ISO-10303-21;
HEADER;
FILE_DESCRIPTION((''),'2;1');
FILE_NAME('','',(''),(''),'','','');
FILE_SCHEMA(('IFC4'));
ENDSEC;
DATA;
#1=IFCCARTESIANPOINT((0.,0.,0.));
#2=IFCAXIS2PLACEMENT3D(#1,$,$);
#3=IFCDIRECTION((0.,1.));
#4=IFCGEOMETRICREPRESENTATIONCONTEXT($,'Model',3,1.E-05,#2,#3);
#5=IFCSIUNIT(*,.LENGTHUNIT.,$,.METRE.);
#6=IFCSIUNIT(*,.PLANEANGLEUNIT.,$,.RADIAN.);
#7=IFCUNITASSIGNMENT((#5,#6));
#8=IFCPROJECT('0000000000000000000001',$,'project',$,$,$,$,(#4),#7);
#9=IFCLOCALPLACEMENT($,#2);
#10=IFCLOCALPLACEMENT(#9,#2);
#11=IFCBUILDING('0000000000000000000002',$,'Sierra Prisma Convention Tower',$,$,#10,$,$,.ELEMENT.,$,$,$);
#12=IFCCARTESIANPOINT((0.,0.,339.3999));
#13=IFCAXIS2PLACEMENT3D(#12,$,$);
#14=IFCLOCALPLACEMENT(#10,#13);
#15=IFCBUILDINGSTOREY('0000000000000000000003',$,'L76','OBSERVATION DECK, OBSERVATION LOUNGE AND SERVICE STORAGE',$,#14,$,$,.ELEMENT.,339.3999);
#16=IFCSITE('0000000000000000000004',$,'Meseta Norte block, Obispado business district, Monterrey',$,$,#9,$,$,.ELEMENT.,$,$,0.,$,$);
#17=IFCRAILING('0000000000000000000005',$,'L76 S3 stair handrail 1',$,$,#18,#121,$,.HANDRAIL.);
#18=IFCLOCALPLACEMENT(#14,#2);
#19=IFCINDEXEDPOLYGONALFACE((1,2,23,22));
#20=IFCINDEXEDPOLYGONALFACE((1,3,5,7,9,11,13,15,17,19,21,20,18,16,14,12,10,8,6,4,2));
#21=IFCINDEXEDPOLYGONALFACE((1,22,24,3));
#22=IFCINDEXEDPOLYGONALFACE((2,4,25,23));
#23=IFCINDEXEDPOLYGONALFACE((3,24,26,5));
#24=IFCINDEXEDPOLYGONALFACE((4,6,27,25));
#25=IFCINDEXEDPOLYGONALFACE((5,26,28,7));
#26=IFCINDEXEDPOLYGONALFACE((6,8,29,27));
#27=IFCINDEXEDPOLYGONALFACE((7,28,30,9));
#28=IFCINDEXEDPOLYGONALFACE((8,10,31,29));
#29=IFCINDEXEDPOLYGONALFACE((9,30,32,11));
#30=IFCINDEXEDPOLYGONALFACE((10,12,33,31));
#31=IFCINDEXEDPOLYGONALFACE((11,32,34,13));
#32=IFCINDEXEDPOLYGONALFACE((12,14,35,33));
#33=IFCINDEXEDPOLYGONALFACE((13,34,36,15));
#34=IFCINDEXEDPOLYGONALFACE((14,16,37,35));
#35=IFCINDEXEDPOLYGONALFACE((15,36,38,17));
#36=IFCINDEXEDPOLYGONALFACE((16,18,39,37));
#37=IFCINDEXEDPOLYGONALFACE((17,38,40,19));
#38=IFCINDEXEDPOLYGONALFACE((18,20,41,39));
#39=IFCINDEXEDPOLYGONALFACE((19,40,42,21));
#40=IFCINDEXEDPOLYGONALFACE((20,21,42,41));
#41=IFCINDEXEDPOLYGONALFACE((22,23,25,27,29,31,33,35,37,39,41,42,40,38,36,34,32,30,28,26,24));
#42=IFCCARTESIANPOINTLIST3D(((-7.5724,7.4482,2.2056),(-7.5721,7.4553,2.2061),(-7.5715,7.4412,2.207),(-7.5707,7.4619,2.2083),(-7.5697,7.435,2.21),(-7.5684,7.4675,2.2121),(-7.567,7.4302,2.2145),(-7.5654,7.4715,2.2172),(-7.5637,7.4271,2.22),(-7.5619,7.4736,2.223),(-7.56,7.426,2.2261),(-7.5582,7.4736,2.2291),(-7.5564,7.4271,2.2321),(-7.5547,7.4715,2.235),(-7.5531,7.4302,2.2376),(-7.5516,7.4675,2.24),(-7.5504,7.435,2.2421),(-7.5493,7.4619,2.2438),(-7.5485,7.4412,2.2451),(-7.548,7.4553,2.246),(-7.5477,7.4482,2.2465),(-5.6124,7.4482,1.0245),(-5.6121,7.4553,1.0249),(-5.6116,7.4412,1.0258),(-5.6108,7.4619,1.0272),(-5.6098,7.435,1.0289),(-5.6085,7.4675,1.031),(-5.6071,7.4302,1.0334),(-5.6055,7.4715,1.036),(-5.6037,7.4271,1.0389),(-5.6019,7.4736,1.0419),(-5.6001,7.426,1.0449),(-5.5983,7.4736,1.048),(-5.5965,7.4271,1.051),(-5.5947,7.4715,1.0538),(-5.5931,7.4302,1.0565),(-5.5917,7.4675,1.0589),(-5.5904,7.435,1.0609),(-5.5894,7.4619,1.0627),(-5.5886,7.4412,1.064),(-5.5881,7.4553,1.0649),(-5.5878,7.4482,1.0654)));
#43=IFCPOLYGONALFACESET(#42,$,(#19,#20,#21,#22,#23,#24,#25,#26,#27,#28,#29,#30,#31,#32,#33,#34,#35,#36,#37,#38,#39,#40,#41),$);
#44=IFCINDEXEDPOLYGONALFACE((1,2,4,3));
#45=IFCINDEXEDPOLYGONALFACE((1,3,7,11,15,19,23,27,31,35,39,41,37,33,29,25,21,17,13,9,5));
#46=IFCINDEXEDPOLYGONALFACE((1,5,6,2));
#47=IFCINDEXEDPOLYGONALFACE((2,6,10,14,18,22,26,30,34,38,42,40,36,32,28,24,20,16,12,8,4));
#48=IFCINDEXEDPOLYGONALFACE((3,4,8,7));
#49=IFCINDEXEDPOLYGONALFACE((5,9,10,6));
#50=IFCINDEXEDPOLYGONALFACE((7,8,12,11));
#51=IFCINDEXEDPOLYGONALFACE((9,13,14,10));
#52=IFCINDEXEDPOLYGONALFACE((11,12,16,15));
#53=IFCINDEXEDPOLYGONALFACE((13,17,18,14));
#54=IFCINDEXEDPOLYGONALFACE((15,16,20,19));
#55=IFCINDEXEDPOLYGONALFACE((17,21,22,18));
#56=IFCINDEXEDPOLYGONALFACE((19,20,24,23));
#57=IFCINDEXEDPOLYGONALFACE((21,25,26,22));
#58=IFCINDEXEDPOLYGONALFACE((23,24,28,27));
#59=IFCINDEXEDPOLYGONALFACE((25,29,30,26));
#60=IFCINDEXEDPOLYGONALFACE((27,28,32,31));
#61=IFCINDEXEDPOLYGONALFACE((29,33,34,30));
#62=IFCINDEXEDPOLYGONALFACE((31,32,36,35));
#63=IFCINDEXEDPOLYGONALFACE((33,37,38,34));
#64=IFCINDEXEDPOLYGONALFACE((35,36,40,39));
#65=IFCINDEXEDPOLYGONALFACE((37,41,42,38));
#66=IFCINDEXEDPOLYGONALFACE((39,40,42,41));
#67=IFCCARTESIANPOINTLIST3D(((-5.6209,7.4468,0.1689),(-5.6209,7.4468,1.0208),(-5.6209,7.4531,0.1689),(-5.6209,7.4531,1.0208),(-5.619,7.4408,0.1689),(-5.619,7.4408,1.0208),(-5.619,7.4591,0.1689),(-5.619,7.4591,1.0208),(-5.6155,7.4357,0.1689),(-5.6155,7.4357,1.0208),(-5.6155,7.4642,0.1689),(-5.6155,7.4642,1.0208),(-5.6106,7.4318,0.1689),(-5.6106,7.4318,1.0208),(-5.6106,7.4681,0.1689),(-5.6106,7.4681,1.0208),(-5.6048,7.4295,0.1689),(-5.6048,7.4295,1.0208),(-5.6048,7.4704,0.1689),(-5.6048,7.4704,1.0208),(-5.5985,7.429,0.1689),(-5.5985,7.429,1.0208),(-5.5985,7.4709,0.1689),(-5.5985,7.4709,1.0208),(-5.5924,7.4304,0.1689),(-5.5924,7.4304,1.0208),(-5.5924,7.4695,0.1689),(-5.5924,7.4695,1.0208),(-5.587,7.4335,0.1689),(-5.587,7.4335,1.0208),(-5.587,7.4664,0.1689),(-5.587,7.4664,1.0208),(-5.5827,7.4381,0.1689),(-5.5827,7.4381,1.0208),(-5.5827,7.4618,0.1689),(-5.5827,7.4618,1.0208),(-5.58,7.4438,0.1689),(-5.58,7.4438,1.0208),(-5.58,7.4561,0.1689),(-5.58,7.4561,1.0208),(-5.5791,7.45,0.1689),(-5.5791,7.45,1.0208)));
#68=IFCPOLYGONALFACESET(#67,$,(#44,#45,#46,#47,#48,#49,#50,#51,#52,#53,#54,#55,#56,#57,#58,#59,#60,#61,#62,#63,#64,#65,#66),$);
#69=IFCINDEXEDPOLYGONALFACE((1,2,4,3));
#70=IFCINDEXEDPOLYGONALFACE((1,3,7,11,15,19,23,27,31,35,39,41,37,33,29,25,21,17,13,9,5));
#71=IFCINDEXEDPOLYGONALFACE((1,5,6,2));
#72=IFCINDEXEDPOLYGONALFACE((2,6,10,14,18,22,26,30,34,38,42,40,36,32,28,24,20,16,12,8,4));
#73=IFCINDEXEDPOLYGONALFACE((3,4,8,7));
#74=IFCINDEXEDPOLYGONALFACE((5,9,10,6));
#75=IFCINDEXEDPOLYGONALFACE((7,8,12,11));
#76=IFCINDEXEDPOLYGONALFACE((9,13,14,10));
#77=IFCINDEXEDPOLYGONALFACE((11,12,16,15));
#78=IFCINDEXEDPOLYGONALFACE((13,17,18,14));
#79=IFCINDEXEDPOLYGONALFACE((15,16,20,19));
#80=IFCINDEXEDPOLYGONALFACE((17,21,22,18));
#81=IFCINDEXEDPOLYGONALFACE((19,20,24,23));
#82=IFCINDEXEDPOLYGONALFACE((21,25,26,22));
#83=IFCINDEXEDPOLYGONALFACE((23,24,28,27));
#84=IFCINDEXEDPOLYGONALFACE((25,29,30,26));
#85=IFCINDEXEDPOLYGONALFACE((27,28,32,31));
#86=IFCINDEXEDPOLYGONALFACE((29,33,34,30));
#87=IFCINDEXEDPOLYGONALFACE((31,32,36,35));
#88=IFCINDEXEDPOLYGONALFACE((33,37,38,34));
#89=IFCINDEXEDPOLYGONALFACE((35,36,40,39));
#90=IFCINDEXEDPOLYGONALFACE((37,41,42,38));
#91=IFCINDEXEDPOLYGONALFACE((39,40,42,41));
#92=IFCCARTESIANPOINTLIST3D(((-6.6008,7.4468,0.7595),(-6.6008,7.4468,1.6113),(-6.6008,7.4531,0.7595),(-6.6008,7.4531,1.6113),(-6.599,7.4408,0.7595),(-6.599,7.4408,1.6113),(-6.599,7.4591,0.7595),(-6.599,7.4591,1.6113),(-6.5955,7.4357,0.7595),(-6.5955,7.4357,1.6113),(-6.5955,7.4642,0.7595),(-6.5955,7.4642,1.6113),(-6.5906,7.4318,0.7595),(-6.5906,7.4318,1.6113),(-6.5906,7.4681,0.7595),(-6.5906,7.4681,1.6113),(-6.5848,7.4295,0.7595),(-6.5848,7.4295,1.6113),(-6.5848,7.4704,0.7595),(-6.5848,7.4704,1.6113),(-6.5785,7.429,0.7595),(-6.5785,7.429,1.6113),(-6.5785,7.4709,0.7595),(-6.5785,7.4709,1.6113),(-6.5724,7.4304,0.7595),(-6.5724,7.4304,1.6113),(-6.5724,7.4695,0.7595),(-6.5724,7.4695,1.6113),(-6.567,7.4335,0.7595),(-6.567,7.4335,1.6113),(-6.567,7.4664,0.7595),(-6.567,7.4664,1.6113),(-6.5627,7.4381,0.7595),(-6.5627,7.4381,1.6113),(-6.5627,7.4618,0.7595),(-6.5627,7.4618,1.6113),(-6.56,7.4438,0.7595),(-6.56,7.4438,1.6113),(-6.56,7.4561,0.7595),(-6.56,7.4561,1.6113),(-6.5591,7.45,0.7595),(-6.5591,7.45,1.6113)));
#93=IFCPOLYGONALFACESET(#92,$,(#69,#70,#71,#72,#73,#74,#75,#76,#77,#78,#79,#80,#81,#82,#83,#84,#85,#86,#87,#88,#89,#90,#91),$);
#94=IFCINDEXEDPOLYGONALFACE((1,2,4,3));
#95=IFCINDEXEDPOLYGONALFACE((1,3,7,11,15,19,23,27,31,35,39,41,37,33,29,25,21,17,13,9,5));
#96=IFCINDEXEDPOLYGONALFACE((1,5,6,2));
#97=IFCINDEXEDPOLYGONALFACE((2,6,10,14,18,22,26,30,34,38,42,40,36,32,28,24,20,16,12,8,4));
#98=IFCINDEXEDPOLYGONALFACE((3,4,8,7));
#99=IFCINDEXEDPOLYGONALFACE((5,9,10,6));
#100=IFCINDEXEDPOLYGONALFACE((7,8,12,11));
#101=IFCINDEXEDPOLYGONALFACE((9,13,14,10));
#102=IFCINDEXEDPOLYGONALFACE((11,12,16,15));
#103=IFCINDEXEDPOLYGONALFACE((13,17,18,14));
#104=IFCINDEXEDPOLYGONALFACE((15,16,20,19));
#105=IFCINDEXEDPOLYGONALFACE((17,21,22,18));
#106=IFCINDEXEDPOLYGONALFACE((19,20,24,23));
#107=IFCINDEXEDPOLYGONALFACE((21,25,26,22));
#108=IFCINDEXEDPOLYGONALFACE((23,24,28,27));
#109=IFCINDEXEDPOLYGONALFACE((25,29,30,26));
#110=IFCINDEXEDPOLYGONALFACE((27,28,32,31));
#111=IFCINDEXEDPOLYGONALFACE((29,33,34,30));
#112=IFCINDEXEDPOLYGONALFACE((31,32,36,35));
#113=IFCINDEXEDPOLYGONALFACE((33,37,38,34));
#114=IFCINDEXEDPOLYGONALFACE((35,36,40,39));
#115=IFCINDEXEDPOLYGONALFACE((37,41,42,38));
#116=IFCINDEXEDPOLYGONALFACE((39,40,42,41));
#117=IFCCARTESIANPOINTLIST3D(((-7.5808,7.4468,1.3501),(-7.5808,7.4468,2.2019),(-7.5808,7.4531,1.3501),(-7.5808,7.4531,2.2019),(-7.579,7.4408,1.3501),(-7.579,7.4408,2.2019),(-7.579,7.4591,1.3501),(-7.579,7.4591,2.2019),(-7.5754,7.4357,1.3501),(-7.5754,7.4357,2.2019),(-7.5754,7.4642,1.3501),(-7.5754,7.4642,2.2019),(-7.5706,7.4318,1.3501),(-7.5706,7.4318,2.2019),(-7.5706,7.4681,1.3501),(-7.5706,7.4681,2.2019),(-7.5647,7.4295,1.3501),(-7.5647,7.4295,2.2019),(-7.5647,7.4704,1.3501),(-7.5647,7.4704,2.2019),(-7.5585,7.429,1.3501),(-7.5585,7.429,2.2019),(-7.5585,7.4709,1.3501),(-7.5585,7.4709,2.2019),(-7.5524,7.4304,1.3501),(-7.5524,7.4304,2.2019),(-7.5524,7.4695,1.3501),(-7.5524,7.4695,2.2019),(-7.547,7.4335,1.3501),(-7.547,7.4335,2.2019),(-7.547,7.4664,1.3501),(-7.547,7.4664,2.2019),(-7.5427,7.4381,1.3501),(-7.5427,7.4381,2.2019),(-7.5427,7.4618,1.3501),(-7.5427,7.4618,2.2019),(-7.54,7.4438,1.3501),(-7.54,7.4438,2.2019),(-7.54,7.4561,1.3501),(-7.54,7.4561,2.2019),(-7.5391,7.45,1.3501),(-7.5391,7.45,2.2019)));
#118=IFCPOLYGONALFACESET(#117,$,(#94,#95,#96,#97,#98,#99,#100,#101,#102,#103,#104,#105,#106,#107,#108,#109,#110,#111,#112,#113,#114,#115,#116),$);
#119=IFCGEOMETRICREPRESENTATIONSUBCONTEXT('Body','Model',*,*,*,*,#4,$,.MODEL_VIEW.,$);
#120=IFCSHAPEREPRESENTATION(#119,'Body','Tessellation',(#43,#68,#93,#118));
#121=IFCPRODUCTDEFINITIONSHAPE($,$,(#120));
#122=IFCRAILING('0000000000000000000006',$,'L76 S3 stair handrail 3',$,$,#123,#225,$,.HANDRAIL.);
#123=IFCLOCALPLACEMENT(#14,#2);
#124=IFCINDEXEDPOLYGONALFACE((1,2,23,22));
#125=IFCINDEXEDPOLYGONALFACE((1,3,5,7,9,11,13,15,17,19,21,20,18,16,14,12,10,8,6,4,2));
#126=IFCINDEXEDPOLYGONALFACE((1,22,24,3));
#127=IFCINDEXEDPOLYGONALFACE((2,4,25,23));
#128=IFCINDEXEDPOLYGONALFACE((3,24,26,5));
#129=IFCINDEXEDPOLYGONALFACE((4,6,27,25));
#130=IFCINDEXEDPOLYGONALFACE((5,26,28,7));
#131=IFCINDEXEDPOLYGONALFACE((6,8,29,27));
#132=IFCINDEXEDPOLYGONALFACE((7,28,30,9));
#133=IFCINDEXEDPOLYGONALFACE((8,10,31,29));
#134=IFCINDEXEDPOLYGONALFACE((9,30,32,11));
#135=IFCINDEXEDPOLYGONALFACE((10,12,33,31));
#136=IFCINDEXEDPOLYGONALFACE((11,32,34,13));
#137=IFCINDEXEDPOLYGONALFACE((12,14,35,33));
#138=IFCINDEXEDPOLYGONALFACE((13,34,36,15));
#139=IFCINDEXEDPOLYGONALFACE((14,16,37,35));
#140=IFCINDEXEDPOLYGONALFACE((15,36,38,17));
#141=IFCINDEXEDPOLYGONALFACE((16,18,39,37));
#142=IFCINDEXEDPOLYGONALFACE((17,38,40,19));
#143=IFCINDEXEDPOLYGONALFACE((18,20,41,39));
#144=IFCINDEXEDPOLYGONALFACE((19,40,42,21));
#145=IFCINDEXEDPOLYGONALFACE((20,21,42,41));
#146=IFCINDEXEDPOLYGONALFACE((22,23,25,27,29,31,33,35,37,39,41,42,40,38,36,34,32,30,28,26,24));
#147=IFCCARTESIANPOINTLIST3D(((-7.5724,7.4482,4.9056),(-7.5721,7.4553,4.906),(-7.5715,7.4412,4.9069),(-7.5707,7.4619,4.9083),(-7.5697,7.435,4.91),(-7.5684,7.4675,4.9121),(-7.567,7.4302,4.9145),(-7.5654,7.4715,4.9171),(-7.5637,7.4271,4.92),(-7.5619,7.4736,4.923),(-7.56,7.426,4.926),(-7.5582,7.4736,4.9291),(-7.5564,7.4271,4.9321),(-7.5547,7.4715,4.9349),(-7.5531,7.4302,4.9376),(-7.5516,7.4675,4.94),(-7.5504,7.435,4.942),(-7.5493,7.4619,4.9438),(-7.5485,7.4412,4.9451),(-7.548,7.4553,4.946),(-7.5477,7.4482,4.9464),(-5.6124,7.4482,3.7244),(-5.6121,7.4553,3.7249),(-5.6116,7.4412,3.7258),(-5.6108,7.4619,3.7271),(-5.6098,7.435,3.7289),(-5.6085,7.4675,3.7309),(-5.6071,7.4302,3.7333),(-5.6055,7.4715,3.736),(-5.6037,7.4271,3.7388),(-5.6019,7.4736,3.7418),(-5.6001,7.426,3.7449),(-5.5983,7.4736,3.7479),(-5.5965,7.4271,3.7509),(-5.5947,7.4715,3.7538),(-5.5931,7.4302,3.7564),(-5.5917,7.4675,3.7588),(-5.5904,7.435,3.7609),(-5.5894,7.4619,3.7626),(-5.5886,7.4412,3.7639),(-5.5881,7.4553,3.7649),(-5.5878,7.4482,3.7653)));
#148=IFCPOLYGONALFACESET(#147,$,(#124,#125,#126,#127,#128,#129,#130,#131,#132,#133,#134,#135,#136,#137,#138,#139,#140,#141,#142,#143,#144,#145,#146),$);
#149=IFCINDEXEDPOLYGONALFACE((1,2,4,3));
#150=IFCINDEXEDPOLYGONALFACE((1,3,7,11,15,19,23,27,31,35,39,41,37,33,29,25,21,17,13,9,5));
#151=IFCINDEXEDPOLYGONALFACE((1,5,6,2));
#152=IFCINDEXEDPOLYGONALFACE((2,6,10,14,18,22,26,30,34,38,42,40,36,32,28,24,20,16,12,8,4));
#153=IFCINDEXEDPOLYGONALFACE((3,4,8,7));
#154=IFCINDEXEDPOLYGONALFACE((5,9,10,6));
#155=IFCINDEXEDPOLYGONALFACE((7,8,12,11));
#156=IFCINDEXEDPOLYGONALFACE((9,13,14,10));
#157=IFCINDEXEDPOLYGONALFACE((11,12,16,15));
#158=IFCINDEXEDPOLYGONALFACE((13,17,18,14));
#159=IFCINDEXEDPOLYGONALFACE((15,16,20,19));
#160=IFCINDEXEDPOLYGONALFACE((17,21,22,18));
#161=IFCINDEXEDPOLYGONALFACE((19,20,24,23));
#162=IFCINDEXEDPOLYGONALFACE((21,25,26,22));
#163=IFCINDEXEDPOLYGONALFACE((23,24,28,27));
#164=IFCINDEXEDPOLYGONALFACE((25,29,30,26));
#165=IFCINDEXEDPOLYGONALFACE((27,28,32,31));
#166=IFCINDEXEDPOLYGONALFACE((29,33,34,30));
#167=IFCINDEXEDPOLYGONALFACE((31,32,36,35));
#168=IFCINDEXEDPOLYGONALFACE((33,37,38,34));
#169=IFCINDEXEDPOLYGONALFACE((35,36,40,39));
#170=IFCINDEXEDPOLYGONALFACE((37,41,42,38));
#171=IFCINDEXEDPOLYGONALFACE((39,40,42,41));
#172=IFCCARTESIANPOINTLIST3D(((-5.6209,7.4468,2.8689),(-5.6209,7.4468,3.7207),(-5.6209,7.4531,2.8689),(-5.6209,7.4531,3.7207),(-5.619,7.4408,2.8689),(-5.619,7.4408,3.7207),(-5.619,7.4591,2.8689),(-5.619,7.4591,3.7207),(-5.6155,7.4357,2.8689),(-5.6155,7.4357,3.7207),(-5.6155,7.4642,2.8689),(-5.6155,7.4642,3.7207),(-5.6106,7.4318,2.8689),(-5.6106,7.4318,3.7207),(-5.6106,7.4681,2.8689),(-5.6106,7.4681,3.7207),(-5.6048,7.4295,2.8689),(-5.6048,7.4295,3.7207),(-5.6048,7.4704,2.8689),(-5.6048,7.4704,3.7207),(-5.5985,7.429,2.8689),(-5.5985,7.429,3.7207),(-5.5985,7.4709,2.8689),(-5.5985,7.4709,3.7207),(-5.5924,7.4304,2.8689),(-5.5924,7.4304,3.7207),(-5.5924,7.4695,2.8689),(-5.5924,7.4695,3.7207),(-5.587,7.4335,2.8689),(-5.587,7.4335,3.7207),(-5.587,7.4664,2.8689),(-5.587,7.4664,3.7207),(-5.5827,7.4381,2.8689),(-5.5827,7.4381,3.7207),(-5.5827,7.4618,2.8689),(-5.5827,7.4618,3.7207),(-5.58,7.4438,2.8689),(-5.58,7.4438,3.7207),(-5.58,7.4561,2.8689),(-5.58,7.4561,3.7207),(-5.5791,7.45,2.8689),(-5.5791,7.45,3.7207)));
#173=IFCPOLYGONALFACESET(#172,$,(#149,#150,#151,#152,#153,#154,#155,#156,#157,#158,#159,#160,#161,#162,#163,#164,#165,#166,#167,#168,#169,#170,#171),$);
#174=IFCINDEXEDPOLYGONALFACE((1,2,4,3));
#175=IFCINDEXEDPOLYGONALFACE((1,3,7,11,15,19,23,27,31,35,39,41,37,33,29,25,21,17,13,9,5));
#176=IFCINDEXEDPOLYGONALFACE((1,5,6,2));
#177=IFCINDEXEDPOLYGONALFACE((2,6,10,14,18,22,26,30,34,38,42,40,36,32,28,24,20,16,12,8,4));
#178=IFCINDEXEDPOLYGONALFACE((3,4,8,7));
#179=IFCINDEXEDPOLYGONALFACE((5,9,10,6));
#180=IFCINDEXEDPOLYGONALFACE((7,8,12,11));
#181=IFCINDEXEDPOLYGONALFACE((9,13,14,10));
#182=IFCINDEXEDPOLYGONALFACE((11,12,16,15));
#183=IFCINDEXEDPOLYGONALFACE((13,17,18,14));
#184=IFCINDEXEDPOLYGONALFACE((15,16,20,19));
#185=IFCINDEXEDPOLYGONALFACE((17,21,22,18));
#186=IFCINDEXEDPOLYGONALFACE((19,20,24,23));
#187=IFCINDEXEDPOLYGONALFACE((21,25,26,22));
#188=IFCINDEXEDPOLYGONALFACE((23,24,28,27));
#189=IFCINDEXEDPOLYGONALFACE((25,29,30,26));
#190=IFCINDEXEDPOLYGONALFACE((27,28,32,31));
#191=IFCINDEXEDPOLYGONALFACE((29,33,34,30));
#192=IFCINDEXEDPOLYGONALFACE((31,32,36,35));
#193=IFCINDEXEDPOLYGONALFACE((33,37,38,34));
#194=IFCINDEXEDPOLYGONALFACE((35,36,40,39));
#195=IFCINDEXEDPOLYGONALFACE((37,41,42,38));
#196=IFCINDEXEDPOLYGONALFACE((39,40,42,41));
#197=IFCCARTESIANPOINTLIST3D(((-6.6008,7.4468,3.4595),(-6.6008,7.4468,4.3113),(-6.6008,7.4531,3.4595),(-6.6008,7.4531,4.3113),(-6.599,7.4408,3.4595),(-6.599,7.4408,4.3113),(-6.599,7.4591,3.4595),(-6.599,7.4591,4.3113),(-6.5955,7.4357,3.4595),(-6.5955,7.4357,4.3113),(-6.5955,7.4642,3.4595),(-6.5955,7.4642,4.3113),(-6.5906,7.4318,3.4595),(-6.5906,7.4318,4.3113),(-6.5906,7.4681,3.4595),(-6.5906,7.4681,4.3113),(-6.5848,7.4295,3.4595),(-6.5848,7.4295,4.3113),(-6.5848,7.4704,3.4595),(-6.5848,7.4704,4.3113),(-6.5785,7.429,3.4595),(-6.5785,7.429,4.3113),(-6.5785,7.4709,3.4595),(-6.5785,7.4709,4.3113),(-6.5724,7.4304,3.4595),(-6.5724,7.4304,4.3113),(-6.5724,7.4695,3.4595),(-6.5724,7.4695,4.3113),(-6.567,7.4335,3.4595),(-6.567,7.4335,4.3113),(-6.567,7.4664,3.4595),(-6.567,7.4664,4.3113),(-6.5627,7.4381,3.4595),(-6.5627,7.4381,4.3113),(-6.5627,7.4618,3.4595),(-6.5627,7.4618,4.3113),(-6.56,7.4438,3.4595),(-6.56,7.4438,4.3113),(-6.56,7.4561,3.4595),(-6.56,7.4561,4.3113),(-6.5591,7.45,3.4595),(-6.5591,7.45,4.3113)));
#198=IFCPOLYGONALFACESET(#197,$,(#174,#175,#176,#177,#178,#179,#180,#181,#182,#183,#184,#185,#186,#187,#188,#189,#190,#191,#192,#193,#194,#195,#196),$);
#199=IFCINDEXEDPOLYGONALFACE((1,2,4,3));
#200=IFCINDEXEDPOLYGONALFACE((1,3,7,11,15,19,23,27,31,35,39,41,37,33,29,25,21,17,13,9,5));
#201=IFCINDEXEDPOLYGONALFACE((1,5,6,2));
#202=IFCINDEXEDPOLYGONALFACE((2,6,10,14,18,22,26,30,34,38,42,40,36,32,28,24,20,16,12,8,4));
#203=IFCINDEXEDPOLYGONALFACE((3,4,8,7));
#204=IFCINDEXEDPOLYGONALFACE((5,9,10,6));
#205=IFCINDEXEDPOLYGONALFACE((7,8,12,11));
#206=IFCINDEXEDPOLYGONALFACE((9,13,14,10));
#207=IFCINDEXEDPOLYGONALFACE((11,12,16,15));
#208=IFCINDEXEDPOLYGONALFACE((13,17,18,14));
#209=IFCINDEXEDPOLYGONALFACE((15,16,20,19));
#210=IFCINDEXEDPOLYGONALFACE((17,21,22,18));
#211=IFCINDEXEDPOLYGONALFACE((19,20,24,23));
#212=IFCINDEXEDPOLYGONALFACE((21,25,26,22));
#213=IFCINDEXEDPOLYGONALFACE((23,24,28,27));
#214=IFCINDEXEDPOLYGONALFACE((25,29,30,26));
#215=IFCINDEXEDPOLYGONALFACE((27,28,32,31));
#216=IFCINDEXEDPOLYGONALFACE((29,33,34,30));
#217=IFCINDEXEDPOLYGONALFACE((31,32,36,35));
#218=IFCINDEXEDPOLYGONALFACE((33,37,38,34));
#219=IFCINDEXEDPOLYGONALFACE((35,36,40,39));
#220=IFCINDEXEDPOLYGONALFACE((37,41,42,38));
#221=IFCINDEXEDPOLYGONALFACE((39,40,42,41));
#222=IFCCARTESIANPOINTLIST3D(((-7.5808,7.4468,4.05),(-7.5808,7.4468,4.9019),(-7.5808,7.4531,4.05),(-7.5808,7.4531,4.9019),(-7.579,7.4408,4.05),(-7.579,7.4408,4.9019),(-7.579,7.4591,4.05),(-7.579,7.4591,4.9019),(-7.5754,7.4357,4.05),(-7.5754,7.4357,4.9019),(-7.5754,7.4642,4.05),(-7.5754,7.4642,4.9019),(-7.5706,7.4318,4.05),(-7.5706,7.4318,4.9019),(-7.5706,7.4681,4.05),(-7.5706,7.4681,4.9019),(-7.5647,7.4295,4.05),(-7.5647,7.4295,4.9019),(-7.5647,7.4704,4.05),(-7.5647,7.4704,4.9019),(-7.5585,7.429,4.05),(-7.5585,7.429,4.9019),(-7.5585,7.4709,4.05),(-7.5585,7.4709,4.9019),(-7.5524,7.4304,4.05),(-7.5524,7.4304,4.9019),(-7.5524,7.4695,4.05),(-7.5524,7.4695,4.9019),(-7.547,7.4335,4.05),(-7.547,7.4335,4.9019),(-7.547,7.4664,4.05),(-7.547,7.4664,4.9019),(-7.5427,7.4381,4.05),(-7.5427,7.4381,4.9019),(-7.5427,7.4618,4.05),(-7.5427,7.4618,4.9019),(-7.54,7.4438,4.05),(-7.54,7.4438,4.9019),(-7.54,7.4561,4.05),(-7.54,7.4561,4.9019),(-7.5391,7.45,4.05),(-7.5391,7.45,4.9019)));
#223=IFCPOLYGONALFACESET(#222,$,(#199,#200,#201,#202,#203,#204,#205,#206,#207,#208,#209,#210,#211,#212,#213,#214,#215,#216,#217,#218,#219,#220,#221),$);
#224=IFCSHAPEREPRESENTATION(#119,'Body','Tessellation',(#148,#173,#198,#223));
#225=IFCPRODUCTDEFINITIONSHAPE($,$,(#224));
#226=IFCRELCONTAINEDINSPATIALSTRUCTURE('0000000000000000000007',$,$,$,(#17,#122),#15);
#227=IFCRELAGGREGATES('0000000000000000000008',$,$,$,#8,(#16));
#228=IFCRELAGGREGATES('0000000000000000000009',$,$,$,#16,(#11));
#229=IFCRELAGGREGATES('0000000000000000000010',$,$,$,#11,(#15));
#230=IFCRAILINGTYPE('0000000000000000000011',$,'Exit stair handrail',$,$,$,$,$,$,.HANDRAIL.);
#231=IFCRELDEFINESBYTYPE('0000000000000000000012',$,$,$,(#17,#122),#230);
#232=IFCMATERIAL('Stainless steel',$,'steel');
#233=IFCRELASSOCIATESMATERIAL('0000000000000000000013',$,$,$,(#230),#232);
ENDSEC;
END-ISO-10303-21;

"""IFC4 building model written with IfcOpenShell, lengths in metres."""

from ifc_helpers import new_model, si_unit, direction, frame, origin, origin_2d, place, context, subcontext, project, spatial, circle, extrude, material, type_object, element, save


model = new_model("IFC4")

# Units and contexts
model_context = context("Model", 3, precision=1e-05, world=origin(), true_north=direction((0.0, 1.0)))
body_context = subcontext(model_context, "Body", "Model", "MODEL_VIEW")
ifc_project = project(units=[si_unit("LENGTHUNIT", "METRE"), si_unit("PLANEANGLEUNIT", "RADIAN")], contexts=[model_context])

# Site, building, storey
site_placement = place(None, origin())
site = spatial("IfcSite", under=ifc_project, at=site_placement, Name="Meseta Norte block, Obispado business district, Monterrey", CompositionType="ELEMENT", RefElevation=0.0)
building_placement = place(site_placement, origin())
building = spatial("IfcBuilding", under=site, at=building_placement, Name="Sierra Prisma Convention Tower", CompositionType="ELEMENT")
storey_placement = place(building_placement, frame((0.0, 0.0, 339.3999)))
storey = spatial("IfcBuildingStorey", under=building, at=storey_placement, Name="L76", Description="OBSERVATION DECK, OBSERVATION LOUNGE AND SERVICE STORAGE", CompositionType="ELEMENT", Elevation=339.3999)

# Railings
ifc_material_1 = material(Name="Stainless steel", Category="steel")
railing_type = type_object("IfcRailingType", Name="Exit stair handrail", PredefinedType="HANDRAIL", material=ifc_material_1)
for number, where, name in (
    (1, (-5.6001, 7.45, 0.1689), "L76 S3 stair handrail 1"),
    (2, (-5.6001, 7.45, 2.8689), "L76 S3 stair handrail 3"),
):
    element("IfcRailing", number, at=place(storey_placement, frame(where)), inside=storey, type_object=railing_type, Name=name, PredefinedType="HANDRAIL", context=body_context, shape_type="SweptSolid", body=[
        extrude(circle(Radius=0.0239, at=origin_2d()), frame((0.0, 0.0, 0.876), z_axis=(-0.856493, 0.0, 0.516158), x_axis=(0.0, -1.0, 0.0)), (0.0, 0.0, 1.0), 2.2883),
        extrude(circle(Radius=0.021, at=origin_2d()), origin(), (0.0, 0.0, 1.0), 0.8518),
        extrude(circle(Radius=0.021, at=origin_2d()), frame((-0.98, 0.0, 0.5906)), (0.0, 0.0, 1.0), 0.8518),
        extrude(circle(Radius=0.021, at=origin_2d()), frame((-1.96, 0.0, 1.1812)), (0.0, 0.0, 1.0), 0.8518),
    ])

save(model, "model.ifc")
